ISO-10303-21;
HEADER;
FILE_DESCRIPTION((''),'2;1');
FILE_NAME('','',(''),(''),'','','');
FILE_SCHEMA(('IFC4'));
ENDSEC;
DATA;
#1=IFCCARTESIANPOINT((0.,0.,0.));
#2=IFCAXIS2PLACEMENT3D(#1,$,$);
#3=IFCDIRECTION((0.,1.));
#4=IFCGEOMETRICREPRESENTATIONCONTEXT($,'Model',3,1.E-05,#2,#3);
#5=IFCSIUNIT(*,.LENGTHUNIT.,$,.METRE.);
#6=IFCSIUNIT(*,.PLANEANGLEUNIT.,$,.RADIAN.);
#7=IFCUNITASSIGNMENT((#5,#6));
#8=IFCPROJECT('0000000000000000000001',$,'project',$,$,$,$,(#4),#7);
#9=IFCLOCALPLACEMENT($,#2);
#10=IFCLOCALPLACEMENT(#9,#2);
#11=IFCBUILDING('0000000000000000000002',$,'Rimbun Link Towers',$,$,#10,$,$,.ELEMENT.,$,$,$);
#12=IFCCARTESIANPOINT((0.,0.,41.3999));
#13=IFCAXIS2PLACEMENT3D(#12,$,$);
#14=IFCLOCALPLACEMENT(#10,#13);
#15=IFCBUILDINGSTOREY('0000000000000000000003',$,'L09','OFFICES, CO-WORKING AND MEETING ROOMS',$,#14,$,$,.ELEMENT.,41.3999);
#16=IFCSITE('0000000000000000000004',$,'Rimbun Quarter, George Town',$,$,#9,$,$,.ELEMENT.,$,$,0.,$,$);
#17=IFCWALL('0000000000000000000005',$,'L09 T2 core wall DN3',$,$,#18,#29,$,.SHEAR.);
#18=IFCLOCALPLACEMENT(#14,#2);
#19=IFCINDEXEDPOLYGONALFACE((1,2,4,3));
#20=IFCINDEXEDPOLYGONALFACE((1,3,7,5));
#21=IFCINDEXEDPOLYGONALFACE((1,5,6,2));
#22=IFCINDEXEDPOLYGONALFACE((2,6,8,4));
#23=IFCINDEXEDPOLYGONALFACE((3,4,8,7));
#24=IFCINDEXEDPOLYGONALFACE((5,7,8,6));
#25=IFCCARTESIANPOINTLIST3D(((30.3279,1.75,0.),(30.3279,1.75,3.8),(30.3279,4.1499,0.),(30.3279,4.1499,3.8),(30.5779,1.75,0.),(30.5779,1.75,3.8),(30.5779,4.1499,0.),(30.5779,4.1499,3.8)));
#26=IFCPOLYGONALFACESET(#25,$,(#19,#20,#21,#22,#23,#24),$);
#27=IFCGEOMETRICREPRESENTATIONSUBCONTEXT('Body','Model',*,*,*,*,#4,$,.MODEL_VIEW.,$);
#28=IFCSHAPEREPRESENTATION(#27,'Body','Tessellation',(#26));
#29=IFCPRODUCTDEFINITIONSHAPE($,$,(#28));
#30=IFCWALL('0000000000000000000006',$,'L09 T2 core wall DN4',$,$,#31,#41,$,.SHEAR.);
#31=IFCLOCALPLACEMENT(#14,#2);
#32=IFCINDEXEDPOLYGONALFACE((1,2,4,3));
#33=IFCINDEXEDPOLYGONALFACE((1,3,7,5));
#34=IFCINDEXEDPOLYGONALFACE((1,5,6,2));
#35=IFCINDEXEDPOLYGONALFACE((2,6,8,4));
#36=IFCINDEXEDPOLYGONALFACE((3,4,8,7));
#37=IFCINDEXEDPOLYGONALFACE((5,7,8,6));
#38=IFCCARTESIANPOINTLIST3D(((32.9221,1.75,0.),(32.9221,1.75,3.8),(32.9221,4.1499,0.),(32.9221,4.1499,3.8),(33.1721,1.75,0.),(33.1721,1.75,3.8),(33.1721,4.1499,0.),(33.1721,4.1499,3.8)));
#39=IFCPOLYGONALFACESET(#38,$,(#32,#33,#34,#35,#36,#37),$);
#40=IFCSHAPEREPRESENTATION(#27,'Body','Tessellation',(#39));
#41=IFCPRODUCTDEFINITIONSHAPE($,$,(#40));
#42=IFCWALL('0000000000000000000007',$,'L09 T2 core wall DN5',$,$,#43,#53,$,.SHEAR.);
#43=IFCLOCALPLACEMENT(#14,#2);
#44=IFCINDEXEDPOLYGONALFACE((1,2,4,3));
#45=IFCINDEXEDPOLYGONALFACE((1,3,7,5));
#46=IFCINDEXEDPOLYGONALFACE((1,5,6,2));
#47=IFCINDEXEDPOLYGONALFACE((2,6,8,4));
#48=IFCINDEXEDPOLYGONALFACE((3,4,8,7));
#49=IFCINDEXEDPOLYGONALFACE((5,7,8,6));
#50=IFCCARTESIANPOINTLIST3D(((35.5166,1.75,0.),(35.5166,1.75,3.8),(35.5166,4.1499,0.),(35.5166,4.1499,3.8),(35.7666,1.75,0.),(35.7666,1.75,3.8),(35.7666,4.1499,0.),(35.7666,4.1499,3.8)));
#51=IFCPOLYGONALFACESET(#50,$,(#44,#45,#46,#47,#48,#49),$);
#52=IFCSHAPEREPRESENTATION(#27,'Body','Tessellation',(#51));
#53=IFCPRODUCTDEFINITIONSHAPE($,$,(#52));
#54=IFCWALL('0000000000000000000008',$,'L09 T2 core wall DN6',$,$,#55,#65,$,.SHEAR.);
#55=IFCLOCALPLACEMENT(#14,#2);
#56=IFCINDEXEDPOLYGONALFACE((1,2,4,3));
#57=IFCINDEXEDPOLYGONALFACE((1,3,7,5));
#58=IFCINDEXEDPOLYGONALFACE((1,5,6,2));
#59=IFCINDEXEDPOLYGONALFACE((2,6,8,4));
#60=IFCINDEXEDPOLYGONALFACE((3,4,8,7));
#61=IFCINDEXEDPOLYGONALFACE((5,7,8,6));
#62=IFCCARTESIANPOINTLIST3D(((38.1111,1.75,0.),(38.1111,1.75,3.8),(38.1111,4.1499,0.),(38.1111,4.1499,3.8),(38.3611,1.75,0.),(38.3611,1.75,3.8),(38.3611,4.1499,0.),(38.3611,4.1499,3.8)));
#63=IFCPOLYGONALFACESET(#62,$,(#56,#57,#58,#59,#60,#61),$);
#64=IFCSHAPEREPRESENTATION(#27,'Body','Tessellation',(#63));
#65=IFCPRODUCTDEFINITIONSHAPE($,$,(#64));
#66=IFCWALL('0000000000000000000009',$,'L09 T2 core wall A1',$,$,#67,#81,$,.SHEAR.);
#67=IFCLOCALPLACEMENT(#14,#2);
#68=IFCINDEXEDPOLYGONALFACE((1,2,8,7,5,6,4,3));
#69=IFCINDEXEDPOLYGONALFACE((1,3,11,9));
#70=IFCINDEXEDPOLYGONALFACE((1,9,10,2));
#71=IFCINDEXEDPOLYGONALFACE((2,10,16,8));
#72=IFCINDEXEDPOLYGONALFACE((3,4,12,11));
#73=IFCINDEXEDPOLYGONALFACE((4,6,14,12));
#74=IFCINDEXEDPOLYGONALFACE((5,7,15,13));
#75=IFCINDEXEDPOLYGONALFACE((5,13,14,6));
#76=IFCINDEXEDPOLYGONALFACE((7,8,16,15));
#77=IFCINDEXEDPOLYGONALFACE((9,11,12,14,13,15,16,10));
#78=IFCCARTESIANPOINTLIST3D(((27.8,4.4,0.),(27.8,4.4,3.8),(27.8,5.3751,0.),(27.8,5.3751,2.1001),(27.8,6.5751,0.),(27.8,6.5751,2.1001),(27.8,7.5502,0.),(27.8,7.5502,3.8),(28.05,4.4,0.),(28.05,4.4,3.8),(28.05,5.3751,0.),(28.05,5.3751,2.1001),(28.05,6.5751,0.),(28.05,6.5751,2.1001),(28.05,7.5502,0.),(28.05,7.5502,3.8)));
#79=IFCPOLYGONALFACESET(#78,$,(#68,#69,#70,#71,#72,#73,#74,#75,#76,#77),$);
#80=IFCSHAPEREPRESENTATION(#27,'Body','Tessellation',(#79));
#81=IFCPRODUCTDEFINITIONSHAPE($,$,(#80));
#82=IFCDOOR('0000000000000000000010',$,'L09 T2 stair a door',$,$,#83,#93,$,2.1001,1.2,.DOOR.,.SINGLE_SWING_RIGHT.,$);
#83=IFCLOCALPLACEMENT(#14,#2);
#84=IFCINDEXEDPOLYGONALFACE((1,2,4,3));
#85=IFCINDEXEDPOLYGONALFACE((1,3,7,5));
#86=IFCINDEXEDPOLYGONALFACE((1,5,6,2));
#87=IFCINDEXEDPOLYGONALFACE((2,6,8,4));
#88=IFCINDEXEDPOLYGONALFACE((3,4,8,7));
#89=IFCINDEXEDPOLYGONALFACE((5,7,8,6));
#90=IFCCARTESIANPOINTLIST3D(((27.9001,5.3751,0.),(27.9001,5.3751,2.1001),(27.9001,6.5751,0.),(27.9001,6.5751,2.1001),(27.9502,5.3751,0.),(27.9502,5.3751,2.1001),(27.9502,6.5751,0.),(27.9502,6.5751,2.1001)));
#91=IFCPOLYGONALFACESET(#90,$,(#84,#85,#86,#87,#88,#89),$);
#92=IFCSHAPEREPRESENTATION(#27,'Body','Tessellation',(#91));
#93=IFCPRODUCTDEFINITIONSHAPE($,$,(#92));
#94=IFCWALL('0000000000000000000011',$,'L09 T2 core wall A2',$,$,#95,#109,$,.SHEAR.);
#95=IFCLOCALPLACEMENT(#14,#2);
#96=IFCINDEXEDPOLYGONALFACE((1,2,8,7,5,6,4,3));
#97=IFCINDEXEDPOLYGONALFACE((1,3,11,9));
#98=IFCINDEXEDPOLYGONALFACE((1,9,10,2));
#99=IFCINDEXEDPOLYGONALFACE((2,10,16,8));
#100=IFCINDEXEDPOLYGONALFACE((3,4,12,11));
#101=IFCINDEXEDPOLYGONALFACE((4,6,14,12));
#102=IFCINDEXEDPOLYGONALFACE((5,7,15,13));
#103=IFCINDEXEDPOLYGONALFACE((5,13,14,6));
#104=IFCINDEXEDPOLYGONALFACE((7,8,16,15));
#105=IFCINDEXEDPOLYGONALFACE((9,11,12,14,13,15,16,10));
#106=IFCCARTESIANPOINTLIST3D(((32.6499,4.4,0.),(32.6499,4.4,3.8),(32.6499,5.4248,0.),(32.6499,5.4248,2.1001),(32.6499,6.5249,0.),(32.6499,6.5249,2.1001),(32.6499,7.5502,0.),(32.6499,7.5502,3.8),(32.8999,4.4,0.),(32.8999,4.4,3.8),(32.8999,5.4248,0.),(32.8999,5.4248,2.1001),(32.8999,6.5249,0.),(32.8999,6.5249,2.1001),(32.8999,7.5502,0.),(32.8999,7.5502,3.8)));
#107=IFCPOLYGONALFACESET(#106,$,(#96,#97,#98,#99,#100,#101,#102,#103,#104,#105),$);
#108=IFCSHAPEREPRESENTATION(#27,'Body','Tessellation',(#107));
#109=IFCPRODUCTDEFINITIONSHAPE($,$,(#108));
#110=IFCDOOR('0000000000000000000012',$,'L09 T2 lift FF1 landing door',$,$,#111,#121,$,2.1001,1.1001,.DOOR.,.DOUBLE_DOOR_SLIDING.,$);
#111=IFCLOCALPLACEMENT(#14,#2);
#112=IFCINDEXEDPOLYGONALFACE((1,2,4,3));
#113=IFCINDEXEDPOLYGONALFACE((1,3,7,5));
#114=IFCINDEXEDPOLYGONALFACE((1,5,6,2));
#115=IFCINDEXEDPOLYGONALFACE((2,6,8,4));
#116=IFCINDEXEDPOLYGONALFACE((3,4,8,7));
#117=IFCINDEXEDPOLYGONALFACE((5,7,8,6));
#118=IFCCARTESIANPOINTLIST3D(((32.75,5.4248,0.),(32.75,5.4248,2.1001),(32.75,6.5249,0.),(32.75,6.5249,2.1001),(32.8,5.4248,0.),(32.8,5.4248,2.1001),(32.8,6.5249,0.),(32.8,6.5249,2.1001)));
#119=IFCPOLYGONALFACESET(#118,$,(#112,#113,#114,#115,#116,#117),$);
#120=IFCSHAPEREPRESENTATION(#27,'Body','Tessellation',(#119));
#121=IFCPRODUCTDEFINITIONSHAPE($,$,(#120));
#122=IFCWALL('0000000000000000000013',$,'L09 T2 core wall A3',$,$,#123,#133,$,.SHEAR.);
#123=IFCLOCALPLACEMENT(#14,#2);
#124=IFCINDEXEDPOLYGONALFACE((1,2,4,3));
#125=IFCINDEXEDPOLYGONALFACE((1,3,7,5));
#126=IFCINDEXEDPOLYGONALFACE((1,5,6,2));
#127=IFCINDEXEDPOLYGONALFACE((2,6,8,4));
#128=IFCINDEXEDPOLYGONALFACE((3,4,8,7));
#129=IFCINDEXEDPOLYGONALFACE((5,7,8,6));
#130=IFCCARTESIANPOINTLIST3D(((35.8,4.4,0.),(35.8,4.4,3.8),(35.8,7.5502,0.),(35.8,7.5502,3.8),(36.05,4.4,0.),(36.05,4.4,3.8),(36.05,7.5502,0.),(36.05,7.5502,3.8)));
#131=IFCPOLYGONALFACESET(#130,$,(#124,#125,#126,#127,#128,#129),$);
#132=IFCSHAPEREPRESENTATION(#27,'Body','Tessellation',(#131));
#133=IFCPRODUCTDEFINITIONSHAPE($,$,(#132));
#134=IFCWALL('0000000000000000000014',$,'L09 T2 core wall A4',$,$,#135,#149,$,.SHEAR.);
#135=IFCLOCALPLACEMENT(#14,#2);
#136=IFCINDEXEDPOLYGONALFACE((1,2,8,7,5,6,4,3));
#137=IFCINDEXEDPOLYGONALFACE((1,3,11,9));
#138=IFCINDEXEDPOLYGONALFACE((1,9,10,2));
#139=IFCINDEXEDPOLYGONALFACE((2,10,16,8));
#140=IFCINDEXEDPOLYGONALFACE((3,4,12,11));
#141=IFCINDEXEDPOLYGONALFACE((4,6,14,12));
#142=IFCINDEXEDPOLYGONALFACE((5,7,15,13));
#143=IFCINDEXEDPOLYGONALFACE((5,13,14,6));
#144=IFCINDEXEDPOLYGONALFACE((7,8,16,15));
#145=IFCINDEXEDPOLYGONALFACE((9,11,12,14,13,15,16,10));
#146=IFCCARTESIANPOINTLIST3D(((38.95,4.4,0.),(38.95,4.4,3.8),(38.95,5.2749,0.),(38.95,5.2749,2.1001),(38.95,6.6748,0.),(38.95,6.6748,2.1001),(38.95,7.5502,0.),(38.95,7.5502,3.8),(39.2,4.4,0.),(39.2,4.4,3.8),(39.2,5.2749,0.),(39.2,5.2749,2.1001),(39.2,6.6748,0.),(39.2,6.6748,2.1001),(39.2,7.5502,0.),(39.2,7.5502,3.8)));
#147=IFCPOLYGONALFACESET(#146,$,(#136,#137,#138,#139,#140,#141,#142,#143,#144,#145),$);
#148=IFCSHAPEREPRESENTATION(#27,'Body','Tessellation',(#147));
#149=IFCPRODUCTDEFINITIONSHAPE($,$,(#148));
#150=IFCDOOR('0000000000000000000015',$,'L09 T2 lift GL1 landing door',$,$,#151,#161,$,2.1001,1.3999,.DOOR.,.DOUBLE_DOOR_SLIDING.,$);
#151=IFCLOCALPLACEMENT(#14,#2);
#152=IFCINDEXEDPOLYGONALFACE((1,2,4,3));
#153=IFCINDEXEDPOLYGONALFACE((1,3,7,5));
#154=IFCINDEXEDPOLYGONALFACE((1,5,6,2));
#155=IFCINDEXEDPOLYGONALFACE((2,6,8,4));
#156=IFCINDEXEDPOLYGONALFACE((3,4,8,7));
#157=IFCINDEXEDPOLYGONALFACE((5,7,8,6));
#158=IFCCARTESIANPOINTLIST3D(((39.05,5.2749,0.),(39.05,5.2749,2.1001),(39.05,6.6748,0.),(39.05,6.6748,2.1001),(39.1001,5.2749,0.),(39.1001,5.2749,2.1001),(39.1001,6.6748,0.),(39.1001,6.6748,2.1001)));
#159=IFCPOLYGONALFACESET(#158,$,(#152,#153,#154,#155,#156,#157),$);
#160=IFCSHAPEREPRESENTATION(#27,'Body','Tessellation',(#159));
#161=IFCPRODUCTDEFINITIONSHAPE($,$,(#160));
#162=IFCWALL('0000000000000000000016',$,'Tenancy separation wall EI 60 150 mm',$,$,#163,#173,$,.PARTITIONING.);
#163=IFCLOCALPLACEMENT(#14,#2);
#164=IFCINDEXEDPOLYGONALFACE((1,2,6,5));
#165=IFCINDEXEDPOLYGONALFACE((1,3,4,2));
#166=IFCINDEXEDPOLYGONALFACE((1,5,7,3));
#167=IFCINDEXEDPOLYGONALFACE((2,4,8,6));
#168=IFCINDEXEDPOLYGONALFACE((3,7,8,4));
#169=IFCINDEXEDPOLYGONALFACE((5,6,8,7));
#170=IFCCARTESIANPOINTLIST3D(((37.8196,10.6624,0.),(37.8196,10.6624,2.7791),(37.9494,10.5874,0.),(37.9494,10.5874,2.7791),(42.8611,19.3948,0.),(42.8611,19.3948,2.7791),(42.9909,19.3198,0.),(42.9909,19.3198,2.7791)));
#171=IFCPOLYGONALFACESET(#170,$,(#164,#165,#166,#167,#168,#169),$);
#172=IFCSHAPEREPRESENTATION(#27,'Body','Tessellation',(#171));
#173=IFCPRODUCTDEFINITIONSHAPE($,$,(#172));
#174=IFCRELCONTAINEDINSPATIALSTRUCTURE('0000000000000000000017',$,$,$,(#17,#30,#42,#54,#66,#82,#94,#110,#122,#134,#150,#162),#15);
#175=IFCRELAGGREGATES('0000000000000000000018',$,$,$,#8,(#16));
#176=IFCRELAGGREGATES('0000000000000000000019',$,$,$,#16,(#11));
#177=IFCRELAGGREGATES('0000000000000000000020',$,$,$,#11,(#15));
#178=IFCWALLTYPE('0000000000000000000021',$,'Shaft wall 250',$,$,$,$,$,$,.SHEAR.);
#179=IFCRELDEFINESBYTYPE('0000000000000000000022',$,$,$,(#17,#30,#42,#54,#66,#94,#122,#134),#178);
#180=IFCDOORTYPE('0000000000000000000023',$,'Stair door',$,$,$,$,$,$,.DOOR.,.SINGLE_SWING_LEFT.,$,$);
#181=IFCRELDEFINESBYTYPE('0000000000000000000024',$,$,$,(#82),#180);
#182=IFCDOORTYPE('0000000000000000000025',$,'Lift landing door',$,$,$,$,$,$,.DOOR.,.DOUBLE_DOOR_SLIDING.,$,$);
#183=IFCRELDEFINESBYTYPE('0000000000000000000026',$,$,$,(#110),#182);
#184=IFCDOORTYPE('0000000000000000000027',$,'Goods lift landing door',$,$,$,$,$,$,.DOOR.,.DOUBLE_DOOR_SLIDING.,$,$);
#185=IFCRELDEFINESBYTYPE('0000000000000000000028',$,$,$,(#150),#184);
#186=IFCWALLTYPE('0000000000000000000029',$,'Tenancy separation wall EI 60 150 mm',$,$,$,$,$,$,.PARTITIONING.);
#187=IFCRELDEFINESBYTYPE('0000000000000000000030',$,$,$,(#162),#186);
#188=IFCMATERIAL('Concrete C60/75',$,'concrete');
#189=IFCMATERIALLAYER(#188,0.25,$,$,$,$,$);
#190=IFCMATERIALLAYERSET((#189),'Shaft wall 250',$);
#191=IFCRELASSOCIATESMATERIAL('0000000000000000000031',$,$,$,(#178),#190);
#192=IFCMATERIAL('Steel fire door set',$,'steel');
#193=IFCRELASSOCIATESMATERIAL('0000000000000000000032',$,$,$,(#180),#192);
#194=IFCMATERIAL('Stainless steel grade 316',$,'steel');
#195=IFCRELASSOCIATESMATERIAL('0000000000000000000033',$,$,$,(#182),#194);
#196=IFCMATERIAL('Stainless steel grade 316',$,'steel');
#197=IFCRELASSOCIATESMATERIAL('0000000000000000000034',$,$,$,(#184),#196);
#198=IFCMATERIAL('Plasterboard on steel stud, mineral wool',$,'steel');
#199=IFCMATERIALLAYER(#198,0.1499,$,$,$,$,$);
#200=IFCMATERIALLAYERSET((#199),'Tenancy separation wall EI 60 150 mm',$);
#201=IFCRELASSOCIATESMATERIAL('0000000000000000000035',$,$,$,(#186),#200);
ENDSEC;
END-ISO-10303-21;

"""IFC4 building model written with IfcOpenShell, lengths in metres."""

from ifc_helpers import new_model, si_unit, direction, frame, frame_2d, origin, place, context, subcontext, project, spatial, rectangle, extrude, material, layer, layer_set, type_object, element, fill, save


model = new_model("IFC4")

# Units and contexts
model_context = context("Model", 3, precision=1e-05, world=origin(), true_north=direction((0.0, 1.0)))
body_context = subcontext(model_context, "Body", "Model", "MODEL_VIEW")
ifc_project = project(units=[si_unit("LENGTHUNIT", "METRE"), si_unit("PLANEANGLEUNIT", "RADIAN")], contexts=[model_context])

# Site, building, storey
site_placement = place(None, origin())
site = spatial("IfcSite", under=ifc_project, at=site_placement, Name="Rimbun Quarter, George Town", CompositionType="ELEMENT", RefElevation=0.0)
building_placement = place(site_placement, origin())
building = spatial("IfcBuilding", under=site, at=building_placement, Name="Rimbun Link Towers", CompositionType="ELEMENT")
storey_placement = place(building_placement, frame((0.0, 0.0, 41.3999)))
storey = spatial("IfcBuildingStorey", under=building, at=storey_placement, Name="L09", Description="OFFICES, CO-WORKING AND MEETING ROOMS", CompositionType="ELEMENT", Elevation=41.3999)

# Walls
ifc_material_1 = material(Name="Concrete C60/75", Category="concrete")
ifc_layer_1 = layer(ifc_material_1, 0.25)
ifc_layer_set_1 = layer_set([ifc_layer_1], Name="Shaft wall 250")
wall_type_1 = type_object("IfcWallType", Name="Shaft wall 250", PredefinedType="SHEAR", material=ifc_layer_set_1)
for number, where, z_axis, x_axis, name in (
    (1, (30.4529, 1.75, 0.0), (0.0, 0.0, 1.0), (0.0, 1.0, 0.0), "L09 T2 core wall DN3"),
    (2, (33.0471, 1.75, 0.0), (0.0, 0.0, 1.0), (0.0, 1.0, 0.0), "L09 T2 core wall DN4"),
    (3, (35.6416, 1.75, 0.0), (0.0, 0.0, 1.0), (0.0, 1.0, 0.0), "L09 T2 core wall DN5"),
    (4, (38.2361, 1.75, 0.0), (0.0, 0.0, 1.0), (0.0, 1.0, 0.0), "L09 T2 core wall DN6"),
):
    element("IfcWall", number, at=place(storey_placement, frame(where, z_axis=z_axis, x_axis=x_axis)), inside=storey, type_object=wall_type_1, Name=name, PredefinedType="SHEAR", context=body_context, shape_type="SweptSolid", body=[
        extrude(rectangle(XDim=2.3999, YDim=0.25, at=frame_2d((1.2, 0.0))), origin(), (0.0, 0.0, 1.0), 3.8),
    ])

# Walls, openings, doors
wall_1_placement = place(storey_placement, frame((27.925, 4.3999, 0.0), z_axis=(0.0, 0.0, 1.0), x_axis=(0.0, 1.0, 0.0)))
wall_1 = element("IfcWall", 5, at=wall_1_placement, inside=storey, type_object=wall_type_1, Name="L09 T2 core wall A1", PredefinedType="SHEAR", context=body_context, shape_type="SweptSolid", body=[
    extrude(rectangle(XDim=3.1501, YDim=0.25, at=frame_2d((1.5752, 0.0))), origin(), (0.0, 0.0, 1.0), 3.8),
])
opening_1_placement = place(wall_1_placement, frame((0.9751, 0.0, 0.0)))
opening_1 = element("IfcOpeningElement", 6, at=opening_1_placement, cuts=wall_1, PredefinedType="OPENING", context=body_context, shape_type="SweptSolid", body=[
    extrude(rectangle(XDim=1.2, YDim=2.1001, at=frame_2d((0.6001, 1.05))), frame((0.0, 0.135, 0.0), z_axis=(0.0, -1.0, 0.0), x_axis=(1.0, 0.0, 0.0)), (0.0, 0.0, 1.0), 0.27),
])
ifc_material_2 = material(Name="Steel fire door set", Category="steel")
door_type_1 = type_object("IfcDoorType", Name="Stair door", OperationType="SINGLE_SWING_LEFT", PredefinedType="DOOR", material=ifc_material_2)
door_1_placement = place(opening_1_placement, origin())
door_1 = element("IfcDoor", 7, at=door_1_placement, inside=storey, type_object=door_type_1, Name="L09 T2 stair a door", OperationType="SINGLE_SWING_RIGHT", OverallHeight=2.1001, OverallWidth=1.2, PredefinedType="DOOR", context=body_context, shape_type="SweptSolid", body=[
    extrude(rectangle(XDim=1.2, YDim=2.1001, at=frame_2d((0.6001, 1.05))), frame((0.0, 0.0249, 0.0), z_axis=(0.0, -1.0, 0.0), x_axis=(1.0, 0.0, 0.0)), (0.0, 0.0, 1.0), 0.05),
])
fill(opening_1, door_1)
wall_2_placement = place(storey_placement, frame((32.7749, 4.3999, 0.0), z_axis=(0.0, 0.0, 1.0), x_axis=(0.0, 1.0, 0.0)))
wall_2 = element("IfcWall", 8, at=wall_2_placement, inside=storey, type_object=wall_type_1, Name="L09 T2 core wall A2", PredefinedType="SHEAR", context=body_context, shape_type="SweptSolid", body=[
    extrude(rectangle(XDim=3.1501, YDim=0.25, at=frame_2d((1.5752, 0.0))), origin(), (0.0, 0.0, 1.0), 3.8),
])
opening_2_placement = place(wall_2_placement, frame((1.0249, 0.0, 0.0)))
opening_2 = element("IfcOpeningElement", 9, at=opening_2_placement, cuts=wall_2, PredefinedType="OPENING", context=body_context, shape_type="SweptSolid", body=[
    extrude(rectangle(XDim=1.1001, YDim=2.1001, at=frame_2d((0.55, 1.05))), frame((0.0, 0.135, 0.0), z_axis=(0.0, -1.0, 0.0), x_axis=(1.0, 0.0, 0.0)), (0.0, 0.0, 1.0), 0.27),
])
ifc_material_3 = material(Name="Stainless steel grade 316", Category="steel")
door_type_2 = type_object("IfcDoorType", Name="Lift landing door", OperationType="DOUBLE_DOOR_SLIDING", PredefinedType="DOOR", material=ifc_material_3)
door_2_placement = place(opening_2_placement, origin())
door_2 = element("IfcDoor", 10, at=door_2_placement, inside=storey, type_object=door_type_2, Name="L09 T2 lift FF1 landing door", OperationType="DOUBLE_DOOR_SLIDING", OverallHeight=2.1001, OverallWidth=1.1001, PredefinedType="DOOR", context=body_context, shape_type="SweptSolid", body=[
    extrude(rectangle(XDim=1.1001, YDim=2.1001, at=frame_2d((0.55, 1.05))), frame((0.0, 0.0249, 0.0), z_axis=(0.0, -1.0, 0.0), x_axis=(1.0, 0.0, 0.0)), (0.0, 0.0, 1.0), 0.05),
])
fill(opening_2, door_2)

# Wall
wall_3_placement = place(storey_placement, frame((35.925, 4.3999, 0.0), z_axis=(0.0, 0.0, 1.0), x_axis=(0.0, 1.0, 0.0)))
element("IfcWall", 11, at=wall_3_placement, inside=storey, type_object=wall_type_1, Name="L09 T2 core wall A3", PredefinedType="SHEAR", context=body_context, shape_type="SweptSolid", body=[
    extrude(rectangle(XDim=3.1501, YDim=0.25, at=frame_2d((1.5752, 0.0))), origin(), (0.0, 0.0, 1.0), 3.8),
])

# Wall, opening, door
wall_4_placement = place(storey_placement, frame((39.075, 4.3999, 0.0), z_axis=(0.0, 0.0, 1.0), x_axis=(0.0, 1.0, 0.0)))
wall_4 = element("IfcWall", 12, at=wall_4_placement, inside=storey, type_object=wall_type_1, Name="L09 T2 core wall A4", PredefinedType="SHEAR", context=body_context, shape_type="SweptSolid", body=[
    extrude(rectangle(XDim=3.1501, YDim=0.25, at=frame_2d((1.5752, 0.0))), origin(), (0.0, 0.0, 1.0), 3.8),
])
opening_3_placement = place(wall_4_placement, frame((0.875, 0.0, 0.0)))
opening_3 = element("IfcOpeningElement", 13, at=opening_3_placement, cuts=wall_4, PredefinedType="OPENING", context=body_context, shape_type="SweptSolid", body=[
    extrude(rectangle(XDim=1.3999, YDim=2.1001, at=frame_2d((0.7, 1.05))), frame((0.0, 0.135, 0.0), z_axis=(0.0, -1.0, 0.0), x_axis=(1.0, 0.0, 0.0)), (0.0, 0.0, 1.0), 0.27),
])
ifc_material_4 = material(Name="Stainless steel grade 316", Category="steel")
door_type_3 = type_object("IfcDoorType", Name="Goods lift landing door", OperationType="DOUBLE_DOOR_SLIDING", PredefinedType="DOOR", material=ifc_material_4)
door_3_placement = place(opening_3_placement, origin())
door_3 = element("IfcDoor", 14, at=door_3_placement, inside=storey, type_object=door_type_3, Name="L09 T2 lift GL1 landing door", OperationType="DOUBLE_DOOR_SLIDING", OverallHeight=2.1001, OverallWidth=1.3999, PredefinedType="DOOR", context=body_context, shape_type="SweptSolid", body=[
    extrude(rectangle(XDim=1.3999, YDim=2.1001, at=frame_2d((0.7, 1.05))), frame((0.0, 0.0249, 0.0), z_axis=(0.0, -1.0, 0.0), x_axis=(1.0, 0.0, 0.0)), (0.0, 0.0, 1.0), 0.05),
])
fill(opening_3, door_3)

# Wall
ifc_material_5 = material(Name="Plasterboard on steel stud, mineral wool", Category="steel")
ifc_layer_2 = layer(ifc_material_5, 0.1499)
ifc_layer_set_2 = layer_set([ifc_layer_2], Name="Tenancy separation wall EI 60 150 mm")
wall_type_2 = type_object("IfcWallType", Name="Tenancy separation wall EI 60 150 mm", PredefinedType="PARTITIONING", material=ifc_layer_set_2)
wall_5_placement = place(storey_placement, frame((37.8845, 10.625, 0.0), z_axis=(0.0, 0.0, 1.0), x_axis=(0.499988, 0.866032, 0.0)))
element("IfcWall", 15, at=wall_5_placement, inside=storey, type_object=wall_type_2, Name="Tenancy separation wall EI 60 150 mm", PredefinedType="PARTITIONING", context=body_context, shape_type="SweptSolid", body=[
    extrude(rectangle(XDim=10.0833, YDim=0.1499, at=frame_2d((5.0415, 0.0))), origin(), (0.0, 0.0, 1.0), 2.7791),
])

save(model, "model.ifc")
